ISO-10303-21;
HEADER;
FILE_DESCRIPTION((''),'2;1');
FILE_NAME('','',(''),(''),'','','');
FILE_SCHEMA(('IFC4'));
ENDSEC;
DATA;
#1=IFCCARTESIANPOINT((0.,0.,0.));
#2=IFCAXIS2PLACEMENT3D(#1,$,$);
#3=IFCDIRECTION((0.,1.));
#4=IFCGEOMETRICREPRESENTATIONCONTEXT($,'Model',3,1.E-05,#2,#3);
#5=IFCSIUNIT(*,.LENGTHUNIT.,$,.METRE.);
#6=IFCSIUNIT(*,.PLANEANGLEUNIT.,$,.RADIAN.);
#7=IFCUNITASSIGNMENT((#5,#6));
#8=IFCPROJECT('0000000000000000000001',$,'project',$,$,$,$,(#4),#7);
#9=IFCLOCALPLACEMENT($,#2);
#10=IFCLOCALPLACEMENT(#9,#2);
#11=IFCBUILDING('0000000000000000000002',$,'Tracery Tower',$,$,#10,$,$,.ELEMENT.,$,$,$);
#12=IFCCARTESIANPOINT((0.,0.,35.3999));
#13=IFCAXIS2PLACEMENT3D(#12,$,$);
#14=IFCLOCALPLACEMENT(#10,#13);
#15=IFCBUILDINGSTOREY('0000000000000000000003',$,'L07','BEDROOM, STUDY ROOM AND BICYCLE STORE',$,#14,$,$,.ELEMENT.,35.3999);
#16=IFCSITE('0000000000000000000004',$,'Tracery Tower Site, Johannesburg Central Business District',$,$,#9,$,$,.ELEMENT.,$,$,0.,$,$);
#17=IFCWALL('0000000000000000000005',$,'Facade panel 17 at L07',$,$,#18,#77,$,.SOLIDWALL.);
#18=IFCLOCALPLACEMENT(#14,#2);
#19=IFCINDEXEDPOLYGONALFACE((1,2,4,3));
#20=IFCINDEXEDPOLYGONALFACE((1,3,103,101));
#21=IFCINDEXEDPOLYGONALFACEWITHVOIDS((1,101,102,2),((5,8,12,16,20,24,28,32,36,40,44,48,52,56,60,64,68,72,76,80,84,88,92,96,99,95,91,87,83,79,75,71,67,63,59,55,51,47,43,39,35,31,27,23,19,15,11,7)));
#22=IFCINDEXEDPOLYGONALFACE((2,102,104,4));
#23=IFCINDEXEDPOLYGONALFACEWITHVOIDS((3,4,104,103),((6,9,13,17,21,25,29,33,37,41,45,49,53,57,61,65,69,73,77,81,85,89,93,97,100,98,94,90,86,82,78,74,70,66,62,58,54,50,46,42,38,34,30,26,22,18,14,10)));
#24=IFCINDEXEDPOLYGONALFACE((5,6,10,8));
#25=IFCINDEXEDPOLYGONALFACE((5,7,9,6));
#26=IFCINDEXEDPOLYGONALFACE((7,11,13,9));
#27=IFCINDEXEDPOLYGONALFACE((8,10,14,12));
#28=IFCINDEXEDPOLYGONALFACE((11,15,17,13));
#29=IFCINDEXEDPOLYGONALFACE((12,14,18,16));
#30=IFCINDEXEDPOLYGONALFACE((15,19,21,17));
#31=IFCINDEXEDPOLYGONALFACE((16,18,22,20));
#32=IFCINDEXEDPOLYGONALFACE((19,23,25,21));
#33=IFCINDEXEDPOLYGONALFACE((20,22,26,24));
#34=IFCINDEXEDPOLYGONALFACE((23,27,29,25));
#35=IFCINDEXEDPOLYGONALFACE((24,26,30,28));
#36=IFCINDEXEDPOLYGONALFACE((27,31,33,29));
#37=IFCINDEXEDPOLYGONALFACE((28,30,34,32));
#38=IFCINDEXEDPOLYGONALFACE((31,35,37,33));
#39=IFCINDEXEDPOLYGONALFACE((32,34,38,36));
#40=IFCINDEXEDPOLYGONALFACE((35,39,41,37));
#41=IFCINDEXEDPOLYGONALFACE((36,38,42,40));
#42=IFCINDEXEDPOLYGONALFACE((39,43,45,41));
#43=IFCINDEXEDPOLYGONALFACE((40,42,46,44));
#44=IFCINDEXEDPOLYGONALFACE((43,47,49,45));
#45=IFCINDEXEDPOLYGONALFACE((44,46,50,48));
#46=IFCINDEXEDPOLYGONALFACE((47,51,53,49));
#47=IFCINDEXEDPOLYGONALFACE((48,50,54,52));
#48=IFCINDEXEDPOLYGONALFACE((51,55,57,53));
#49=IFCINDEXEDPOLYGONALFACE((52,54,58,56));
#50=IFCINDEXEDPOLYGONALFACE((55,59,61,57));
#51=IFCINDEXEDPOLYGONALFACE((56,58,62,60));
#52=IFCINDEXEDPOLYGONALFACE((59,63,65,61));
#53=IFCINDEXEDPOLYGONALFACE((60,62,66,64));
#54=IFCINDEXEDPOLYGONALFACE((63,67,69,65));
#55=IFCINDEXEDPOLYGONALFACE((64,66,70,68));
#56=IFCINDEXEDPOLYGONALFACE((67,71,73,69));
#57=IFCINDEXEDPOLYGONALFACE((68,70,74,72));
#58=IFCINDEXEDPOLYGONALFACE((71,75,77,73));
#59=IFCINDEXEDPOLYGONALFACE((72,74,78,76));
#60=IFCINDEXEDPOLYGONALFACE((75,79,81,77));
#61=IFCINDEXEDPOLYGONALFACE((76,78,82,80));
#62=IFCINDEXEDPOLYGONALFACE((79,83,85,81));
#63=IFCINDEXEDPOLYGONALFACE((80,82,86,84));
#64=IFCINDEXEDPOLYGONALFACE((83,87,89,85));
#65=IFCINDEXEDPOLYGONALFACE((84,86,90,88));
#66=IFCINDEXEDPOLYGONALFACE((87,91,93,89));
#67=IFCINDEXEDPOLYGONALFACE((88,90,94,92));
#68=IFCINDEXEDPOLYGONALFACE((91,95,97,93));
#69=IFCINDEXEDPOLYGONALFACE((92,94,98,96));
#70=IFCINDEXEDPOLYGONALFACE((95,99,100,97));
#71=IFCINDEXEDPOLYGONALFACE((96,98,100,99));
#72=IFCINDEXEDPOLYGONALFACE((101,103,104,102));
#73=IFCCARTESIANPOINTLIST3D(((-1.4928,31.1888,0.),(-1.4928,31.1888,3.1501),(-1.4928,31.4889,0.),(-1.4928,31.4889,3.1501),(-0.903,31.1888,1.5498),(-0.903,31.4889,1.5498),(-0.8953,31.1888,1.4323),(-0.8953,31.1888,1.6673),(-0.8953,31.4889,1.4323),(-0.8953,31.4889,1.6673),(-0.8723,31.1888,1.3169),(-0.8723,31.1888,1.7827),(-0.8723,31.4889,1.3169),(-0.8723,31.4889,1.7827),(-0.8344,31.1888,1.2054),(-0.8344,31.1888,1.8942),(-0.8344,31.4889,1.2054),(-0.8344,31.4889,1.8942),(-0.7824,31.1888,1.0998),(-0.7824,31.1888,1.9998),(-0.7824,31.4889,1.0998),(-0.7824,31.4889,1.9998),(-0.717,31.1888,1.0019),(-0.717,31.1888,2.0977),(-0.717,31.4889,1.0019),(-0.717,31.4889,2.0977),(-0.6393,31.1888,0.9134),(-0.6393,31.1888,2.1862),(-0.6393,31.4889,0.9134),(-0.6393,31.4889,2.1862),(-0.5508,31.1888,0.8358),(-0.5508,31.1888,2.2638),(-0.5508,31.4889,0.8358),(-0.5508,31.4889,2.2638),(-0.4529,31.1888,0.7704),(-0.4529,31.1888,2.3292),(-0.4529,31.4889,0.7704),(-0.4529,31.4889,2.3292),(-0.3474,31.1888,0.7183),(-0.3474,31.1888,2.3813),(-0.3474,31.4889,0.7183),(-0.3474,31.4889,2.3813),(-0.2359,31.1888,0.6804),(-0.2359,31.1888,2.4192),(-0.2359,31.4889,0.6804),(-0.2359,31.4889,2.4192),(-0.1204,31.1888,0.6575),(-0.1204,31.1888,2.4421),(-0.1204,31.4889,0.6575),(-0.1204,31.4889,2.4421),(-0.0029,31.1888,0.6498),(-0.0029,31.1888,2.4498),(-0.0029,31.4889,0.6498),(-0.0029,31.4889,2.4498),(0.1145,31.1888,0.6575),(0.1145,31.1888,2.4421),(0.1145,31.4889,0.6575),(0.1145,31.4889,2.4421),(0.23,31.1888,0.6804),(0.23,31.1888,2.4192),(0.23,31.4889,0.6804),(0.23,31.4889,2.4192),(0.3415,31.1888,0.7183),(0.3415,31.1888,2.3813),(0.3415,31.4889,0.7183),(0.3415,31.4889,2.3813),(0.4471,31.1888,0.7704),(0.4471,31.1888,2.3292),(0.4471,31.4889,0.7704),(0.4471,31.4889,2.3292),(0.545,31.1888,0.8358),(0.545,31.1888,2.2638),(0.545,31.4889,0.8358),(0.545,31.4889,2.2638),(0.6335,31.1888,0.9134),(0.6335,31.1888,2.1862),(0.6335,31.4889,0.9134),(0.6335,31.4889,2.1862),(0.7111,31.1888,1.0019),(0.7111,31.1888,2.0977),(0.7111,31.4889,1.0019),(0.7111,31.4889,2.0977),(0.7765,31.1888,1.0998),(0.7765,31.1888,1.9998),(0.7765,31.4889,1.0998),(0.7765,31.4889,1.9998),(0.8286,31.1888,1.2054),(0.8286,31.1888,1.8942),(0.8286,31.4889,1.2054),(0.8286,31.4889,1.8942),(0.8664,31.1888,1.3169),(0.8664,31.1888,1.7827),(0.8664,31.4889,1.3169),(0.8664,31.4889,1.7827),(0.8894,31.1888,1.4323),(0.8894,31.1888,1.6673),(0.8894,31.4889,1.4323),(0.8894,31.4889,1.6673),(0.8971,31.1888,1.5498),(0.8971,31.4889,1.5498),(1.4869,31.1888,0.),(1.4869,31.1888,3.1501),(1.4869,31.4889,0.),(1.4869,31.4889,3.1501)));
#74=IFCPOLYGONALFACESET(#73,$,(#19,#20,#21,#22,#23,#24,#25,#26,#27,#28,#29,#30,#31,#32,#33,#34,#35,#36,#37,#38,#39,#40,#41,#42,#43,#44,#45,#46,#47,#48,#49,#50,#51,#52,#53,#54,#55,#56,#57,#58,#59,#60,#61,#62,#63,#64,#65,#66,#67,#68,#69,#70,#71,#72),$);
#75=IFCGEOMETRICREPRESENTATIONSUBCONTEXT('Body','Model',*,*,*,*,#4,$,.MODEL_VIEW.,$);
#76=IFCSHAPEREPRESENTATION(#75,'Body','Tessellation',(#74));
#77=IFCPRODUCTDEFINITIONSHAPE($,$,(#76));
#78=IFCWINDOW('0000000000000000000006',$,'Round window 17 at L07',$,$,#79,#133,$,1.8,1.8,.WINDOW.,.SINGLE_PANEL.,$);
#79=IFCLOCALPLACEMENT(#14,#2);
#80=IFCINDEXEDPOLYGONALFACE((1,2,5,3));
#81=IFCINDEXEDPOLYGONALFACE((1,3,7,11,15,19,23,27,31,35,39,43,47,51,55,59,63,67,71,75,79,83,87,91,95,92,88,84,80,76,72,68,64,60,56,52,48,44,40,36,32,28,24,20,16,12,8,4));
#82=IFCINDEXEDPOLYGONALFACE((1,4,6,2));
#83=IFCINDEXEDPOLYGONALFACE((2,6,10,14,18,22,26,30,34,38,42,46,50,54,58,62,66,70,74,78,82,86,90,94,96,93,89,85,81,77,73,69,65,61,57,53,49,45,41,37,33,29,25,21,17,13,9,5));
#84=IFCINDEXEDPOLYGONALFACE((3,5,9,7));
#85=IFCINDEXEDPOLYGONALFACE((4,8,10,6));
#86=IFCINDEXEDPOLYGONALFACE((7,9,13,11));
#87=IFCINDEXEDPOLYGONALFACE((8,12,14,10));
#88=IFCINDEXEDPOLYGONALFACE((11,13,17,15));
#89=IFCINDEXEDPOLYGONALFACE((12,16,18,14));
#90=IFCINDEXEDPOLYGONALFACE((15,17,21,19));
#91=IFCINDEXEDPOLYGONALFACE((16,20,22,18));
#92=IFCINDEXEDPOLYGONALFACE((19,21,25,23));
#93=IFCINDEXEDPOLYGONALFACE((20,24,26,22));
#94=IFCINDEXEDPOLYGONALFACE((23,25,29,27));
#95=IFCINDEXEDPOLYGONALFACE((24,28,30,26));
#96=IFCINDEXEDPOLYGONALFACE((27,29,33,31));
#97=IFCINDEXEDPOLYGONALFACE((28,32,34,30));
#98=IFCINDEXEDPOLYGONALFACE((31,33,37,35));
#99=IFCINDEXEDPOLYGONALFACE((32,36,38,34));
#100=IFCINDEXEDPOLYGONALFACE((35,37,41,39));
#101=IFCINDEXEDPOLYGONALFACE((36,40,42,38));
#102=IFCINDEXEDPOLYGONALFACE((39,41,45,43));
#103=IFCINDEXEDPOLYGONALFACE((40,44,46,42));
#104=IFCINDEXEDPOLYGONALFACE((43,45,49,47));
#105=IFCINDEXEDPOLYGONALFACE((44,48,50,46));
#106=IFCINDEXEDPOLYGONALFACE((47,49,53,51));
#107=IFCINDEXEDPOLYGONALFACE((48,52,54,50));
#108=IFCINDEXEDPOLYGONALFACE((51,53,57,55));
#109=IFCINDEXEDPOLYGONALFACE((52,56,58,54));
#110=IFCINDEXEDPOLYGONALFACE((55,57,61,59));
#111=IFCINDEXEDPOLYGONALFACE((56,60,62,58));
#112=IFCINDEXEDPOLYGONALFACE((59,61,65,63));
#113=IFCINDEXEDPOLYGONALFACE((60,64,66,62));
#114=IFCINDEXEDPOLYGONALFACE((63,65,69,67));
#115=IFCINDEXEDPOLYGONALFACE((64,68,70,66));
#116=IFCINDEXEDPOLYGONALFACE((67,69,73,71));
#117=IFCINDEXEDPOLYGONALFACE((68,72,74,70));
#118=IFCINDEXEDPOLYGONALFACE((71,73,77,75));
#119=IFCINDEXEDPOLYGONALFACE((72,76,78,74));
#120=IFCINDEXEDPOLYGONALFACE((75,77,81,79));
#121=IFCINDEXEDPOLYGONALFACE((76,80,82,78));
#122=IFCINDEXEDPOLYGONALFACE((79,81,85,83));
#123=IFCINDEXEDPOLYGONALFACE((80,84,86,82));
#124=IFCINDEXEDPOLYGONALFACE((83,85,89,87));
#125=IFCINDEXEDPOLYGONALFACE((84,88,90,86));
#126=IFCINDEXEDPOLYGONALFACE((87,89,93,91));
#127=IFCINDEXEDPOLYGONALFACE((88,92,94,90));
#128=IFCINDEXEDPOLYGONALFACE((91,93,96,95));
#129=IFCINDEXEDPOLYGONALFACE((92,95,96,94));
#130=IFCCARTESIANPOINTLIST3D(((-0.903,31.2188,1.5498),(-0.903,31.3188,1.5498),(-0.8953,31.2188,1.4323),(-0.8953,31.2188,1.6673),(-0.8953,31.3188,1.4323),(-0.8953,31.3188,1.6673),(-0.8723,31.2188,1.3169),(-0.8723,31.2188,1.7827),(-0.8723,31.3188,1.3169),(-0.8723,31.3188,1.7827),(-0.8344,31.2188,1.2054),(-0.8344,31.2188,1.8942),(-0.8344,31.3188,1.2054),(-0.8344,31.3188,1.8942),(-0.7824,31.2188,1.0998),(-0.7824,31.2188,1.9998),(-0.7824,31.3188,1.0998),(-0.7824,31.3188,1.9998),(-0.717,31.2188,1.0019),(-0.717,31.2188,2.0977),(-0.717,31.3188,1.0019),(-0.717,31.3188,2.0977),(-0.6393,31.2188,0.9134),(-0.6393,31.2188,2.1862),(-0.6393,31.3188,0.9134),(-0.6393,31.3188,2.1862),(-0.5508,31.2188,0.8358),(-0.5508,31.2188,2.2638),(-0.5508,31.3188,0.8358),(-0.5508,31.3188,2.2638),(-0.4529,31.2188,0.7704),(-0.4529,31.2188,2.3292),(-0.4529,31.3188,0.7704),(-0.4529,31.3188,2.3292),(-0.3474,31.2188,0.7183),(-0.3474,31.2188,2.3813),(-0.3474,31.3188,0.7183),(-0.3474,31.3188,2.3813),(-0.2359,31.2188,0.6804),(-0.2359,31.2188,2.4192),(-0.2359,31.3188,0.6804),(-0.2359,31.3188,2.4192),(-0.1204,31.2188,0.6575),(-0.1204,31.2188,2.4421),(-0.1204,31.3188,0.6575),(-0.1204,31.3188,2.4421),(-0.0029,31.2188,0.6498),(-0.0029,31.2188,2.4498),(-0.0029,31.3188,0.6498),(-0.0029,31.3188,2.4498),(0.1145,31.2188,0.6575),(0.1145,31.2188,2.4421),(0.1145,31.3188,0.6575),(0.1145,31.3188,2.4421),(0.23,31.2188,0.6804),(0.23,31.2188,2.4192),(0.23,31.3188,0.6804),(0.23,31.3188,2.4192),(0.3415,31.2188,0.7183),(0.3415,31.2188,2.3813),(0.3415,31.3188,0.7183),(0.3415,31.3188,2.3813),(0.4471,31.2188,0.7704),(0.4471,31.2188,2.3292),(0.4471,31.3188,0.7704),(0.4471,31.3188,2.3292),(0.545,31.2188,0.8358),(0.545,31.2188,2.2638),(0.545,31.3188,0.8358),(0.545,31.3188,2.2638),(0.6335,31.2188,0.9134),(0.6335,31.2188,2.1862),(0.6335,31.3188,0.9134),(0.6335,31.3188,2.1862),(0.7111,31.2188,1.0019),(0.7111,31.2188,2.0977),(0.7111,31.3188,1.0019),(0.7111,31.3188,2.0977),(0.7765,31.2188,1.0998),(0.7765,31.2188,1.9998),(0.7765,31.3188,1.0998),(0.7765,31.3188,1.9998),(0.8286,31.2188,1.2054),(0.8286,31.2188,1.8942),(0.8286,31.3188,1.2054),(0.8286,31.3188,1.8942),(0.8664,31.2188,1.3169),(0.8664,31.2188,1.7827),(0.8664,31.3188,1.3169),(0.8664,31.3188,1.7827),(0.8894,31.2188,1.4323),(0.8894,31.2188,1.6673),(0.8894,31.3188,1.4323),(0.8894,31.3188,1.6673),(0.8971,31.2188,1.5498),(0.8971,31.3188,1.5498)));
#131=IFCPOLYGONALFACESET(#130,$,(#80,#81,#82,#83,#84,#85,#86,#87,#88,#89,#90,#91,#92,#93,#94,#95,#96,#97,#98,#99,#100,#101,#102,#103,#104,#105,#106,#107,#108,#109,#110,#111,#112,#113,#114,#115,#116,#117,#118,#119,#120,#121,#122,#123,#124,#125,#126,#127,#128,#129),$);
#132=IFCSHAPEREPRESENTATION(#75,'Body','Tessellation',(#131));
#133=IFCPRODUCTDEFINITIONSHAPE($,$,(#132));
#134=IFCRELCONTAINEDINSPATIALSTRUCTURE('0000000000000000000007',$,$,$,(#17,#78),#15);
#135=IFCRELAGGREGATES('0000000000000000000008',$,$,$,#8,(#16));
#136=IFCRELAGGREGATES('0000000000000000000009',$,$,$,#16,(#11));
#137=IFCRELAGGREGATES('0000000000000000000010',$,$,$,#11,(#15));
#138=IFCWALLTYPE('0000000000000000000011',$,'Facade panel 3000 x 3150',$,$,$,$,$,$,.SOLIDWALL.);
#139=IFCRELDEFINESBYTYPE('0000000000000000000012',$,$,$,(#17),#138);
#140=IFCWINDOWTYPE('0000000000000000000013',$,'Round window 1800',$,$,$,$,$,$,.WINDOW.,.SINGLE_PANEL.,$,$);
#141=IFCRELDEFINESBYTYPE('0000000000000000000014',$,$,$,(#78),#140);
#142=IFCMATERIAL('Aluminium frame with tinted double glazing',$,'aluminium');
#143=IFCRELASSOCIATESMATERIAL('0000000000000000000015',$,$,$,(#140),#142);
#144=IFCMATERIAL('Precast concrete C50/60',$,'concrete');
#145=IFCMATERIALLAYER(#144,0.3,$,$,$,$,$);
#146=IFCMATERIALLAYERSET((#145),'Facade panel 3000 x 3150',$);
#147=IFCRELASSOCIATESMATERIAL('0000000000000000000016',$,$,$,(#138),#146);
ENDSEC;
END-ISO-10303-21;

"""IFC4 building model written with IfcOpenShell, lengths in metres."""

from ifc_helpers import new_model, si_unit, direction, frame, frame_2d, origin, origin_2d, place, context, subcontext, project, spatial, rectangle, circle, extrude, material, layer, layer_set, type_object, element, fill, save


model = new_model("IFC4")

# Units and contexts
model_context = context("Model", 3, precision=1e-05, world=origin(), true_north=direction((0.0, 1.0)))
body_context = subcontext(model_context, "Body", "Model", "MODEL_VIEW")
ifc_project = project(units=[si_unit("LENGTHUNIT", "METRE"), si_unit("PLANEANGLEUNIT", "RADIAN")], contexts=[model_context])

# Site, building, storey
site_placement = place(None, origin())
site = spatial("IfcSite", under=ifc_project, at=site_placement, Name="Tracery Tower Site, Johannesburg Central Business District", CompositionType="ELEMENT", RefElevation=0.0)
building_placement = place(site_placement, origin())
building = spatial("IfcBuilding", under=site, at=building_placement, Name="Tracery Tower", CompositionType="ELEMENT")
storey_placement = place(building_placement, frame((0.0, 0.0, 35.3999)))
storey = spatial("IfcBuildingStorey", under=building, at=storey_placement, Name="L07", Description="BEDROOM, STUDY ROOM AND BICYCLE STORE", CompositionType="ELEMENT", Elevation=35.3999)

# Wall, opening, window
ifc_material_1 = material(Name="Aluminium frame with tinted double glazing", Category="aluminium")
window_type = type_object("IfcWindowType", Name="Round window 1800", PartitioningType="SINGLE_PANEL", PredefinedType="WINDOW", material=ifc_material_1)
ifc_material_2 = material(Name="Precast concrete C50/60", Category="concrete")
ifc_layer_1 = layer(ifc_material_2, 0.3)
ifc_layer_set_1 = layer_set([ifc_layer_1], Name="Facade panel 3000 x 3150")
wall_type_1 = type_object("IfcWallType", Name="Facade panel 3000 x 3150", PredefinedType="SOLIDWALL", material=ifc_layer_set_1)
wall_1_placement = place(storey_placement, frame((1.4868, 31.3389, 0.0), z_axis=(0.0, 0.0, 1.0), x_axis=(-1.0, 0.0, 0.0)))
wall_1 = element("IfcWall", 1, at=wall_1_placement, inside=storey, type_object=wall_type_1, Name="Facade panel 17 at L07", PredefinedType="SOLIDWALL", context=body_context, shape_type="SweptSolid", body=[
    extrude(rectangle(XDim=2.9797, YDim=0.3, at=frame_2d((1.4897, 0.0))), origin(), (0.0, 0.0, 1.0), 3.1501),
])
opening_1_placement = place(wall_1_placement, frame((1.4897, 0.0, 1.5498)))
opening_1 = element("IfcOpeningElement", 2, at=opening_1_placement, cuts=wall_1, PredefinedType="OPENING", context=body_context, shape_type="SweptSolid", body=[
    extrude(circle(Radius=0.9, at=origin_2d()), frame((0.0, 0.1599, 0.0), z_axis=(0.0, -1.0, 0.0), x_axis=(1.0, 0.0, 0.0)), (0.0, 0.0, 1.0), 0.3201),
])
window_1_placement = place(opening_1_placement, origin())
window_1 = element("IfcWindow", 3, at=window_1_placement, inside=storey, type_object=window_type, Name="Round window 17 at L07", OverallHeight=1.8, OverallWidth=1.8, PartitioningType="SINGLE_PANEL", PredefinedType="WINDOW", context=body_context, shape_type="SweptSolid", body=[
    extrude(circle(Radius=0.9, at=origin_2d()), frame((0.0, 0.1201, 0.0), z_axis=(0.0, -1.0, 0.0), x_axis=(1.0, 0.0, 0.0)), (0.0, 0.0, 1.0), 0.1001),
])
fill(opening_1, window_1)

save(model, "model.ifc")
